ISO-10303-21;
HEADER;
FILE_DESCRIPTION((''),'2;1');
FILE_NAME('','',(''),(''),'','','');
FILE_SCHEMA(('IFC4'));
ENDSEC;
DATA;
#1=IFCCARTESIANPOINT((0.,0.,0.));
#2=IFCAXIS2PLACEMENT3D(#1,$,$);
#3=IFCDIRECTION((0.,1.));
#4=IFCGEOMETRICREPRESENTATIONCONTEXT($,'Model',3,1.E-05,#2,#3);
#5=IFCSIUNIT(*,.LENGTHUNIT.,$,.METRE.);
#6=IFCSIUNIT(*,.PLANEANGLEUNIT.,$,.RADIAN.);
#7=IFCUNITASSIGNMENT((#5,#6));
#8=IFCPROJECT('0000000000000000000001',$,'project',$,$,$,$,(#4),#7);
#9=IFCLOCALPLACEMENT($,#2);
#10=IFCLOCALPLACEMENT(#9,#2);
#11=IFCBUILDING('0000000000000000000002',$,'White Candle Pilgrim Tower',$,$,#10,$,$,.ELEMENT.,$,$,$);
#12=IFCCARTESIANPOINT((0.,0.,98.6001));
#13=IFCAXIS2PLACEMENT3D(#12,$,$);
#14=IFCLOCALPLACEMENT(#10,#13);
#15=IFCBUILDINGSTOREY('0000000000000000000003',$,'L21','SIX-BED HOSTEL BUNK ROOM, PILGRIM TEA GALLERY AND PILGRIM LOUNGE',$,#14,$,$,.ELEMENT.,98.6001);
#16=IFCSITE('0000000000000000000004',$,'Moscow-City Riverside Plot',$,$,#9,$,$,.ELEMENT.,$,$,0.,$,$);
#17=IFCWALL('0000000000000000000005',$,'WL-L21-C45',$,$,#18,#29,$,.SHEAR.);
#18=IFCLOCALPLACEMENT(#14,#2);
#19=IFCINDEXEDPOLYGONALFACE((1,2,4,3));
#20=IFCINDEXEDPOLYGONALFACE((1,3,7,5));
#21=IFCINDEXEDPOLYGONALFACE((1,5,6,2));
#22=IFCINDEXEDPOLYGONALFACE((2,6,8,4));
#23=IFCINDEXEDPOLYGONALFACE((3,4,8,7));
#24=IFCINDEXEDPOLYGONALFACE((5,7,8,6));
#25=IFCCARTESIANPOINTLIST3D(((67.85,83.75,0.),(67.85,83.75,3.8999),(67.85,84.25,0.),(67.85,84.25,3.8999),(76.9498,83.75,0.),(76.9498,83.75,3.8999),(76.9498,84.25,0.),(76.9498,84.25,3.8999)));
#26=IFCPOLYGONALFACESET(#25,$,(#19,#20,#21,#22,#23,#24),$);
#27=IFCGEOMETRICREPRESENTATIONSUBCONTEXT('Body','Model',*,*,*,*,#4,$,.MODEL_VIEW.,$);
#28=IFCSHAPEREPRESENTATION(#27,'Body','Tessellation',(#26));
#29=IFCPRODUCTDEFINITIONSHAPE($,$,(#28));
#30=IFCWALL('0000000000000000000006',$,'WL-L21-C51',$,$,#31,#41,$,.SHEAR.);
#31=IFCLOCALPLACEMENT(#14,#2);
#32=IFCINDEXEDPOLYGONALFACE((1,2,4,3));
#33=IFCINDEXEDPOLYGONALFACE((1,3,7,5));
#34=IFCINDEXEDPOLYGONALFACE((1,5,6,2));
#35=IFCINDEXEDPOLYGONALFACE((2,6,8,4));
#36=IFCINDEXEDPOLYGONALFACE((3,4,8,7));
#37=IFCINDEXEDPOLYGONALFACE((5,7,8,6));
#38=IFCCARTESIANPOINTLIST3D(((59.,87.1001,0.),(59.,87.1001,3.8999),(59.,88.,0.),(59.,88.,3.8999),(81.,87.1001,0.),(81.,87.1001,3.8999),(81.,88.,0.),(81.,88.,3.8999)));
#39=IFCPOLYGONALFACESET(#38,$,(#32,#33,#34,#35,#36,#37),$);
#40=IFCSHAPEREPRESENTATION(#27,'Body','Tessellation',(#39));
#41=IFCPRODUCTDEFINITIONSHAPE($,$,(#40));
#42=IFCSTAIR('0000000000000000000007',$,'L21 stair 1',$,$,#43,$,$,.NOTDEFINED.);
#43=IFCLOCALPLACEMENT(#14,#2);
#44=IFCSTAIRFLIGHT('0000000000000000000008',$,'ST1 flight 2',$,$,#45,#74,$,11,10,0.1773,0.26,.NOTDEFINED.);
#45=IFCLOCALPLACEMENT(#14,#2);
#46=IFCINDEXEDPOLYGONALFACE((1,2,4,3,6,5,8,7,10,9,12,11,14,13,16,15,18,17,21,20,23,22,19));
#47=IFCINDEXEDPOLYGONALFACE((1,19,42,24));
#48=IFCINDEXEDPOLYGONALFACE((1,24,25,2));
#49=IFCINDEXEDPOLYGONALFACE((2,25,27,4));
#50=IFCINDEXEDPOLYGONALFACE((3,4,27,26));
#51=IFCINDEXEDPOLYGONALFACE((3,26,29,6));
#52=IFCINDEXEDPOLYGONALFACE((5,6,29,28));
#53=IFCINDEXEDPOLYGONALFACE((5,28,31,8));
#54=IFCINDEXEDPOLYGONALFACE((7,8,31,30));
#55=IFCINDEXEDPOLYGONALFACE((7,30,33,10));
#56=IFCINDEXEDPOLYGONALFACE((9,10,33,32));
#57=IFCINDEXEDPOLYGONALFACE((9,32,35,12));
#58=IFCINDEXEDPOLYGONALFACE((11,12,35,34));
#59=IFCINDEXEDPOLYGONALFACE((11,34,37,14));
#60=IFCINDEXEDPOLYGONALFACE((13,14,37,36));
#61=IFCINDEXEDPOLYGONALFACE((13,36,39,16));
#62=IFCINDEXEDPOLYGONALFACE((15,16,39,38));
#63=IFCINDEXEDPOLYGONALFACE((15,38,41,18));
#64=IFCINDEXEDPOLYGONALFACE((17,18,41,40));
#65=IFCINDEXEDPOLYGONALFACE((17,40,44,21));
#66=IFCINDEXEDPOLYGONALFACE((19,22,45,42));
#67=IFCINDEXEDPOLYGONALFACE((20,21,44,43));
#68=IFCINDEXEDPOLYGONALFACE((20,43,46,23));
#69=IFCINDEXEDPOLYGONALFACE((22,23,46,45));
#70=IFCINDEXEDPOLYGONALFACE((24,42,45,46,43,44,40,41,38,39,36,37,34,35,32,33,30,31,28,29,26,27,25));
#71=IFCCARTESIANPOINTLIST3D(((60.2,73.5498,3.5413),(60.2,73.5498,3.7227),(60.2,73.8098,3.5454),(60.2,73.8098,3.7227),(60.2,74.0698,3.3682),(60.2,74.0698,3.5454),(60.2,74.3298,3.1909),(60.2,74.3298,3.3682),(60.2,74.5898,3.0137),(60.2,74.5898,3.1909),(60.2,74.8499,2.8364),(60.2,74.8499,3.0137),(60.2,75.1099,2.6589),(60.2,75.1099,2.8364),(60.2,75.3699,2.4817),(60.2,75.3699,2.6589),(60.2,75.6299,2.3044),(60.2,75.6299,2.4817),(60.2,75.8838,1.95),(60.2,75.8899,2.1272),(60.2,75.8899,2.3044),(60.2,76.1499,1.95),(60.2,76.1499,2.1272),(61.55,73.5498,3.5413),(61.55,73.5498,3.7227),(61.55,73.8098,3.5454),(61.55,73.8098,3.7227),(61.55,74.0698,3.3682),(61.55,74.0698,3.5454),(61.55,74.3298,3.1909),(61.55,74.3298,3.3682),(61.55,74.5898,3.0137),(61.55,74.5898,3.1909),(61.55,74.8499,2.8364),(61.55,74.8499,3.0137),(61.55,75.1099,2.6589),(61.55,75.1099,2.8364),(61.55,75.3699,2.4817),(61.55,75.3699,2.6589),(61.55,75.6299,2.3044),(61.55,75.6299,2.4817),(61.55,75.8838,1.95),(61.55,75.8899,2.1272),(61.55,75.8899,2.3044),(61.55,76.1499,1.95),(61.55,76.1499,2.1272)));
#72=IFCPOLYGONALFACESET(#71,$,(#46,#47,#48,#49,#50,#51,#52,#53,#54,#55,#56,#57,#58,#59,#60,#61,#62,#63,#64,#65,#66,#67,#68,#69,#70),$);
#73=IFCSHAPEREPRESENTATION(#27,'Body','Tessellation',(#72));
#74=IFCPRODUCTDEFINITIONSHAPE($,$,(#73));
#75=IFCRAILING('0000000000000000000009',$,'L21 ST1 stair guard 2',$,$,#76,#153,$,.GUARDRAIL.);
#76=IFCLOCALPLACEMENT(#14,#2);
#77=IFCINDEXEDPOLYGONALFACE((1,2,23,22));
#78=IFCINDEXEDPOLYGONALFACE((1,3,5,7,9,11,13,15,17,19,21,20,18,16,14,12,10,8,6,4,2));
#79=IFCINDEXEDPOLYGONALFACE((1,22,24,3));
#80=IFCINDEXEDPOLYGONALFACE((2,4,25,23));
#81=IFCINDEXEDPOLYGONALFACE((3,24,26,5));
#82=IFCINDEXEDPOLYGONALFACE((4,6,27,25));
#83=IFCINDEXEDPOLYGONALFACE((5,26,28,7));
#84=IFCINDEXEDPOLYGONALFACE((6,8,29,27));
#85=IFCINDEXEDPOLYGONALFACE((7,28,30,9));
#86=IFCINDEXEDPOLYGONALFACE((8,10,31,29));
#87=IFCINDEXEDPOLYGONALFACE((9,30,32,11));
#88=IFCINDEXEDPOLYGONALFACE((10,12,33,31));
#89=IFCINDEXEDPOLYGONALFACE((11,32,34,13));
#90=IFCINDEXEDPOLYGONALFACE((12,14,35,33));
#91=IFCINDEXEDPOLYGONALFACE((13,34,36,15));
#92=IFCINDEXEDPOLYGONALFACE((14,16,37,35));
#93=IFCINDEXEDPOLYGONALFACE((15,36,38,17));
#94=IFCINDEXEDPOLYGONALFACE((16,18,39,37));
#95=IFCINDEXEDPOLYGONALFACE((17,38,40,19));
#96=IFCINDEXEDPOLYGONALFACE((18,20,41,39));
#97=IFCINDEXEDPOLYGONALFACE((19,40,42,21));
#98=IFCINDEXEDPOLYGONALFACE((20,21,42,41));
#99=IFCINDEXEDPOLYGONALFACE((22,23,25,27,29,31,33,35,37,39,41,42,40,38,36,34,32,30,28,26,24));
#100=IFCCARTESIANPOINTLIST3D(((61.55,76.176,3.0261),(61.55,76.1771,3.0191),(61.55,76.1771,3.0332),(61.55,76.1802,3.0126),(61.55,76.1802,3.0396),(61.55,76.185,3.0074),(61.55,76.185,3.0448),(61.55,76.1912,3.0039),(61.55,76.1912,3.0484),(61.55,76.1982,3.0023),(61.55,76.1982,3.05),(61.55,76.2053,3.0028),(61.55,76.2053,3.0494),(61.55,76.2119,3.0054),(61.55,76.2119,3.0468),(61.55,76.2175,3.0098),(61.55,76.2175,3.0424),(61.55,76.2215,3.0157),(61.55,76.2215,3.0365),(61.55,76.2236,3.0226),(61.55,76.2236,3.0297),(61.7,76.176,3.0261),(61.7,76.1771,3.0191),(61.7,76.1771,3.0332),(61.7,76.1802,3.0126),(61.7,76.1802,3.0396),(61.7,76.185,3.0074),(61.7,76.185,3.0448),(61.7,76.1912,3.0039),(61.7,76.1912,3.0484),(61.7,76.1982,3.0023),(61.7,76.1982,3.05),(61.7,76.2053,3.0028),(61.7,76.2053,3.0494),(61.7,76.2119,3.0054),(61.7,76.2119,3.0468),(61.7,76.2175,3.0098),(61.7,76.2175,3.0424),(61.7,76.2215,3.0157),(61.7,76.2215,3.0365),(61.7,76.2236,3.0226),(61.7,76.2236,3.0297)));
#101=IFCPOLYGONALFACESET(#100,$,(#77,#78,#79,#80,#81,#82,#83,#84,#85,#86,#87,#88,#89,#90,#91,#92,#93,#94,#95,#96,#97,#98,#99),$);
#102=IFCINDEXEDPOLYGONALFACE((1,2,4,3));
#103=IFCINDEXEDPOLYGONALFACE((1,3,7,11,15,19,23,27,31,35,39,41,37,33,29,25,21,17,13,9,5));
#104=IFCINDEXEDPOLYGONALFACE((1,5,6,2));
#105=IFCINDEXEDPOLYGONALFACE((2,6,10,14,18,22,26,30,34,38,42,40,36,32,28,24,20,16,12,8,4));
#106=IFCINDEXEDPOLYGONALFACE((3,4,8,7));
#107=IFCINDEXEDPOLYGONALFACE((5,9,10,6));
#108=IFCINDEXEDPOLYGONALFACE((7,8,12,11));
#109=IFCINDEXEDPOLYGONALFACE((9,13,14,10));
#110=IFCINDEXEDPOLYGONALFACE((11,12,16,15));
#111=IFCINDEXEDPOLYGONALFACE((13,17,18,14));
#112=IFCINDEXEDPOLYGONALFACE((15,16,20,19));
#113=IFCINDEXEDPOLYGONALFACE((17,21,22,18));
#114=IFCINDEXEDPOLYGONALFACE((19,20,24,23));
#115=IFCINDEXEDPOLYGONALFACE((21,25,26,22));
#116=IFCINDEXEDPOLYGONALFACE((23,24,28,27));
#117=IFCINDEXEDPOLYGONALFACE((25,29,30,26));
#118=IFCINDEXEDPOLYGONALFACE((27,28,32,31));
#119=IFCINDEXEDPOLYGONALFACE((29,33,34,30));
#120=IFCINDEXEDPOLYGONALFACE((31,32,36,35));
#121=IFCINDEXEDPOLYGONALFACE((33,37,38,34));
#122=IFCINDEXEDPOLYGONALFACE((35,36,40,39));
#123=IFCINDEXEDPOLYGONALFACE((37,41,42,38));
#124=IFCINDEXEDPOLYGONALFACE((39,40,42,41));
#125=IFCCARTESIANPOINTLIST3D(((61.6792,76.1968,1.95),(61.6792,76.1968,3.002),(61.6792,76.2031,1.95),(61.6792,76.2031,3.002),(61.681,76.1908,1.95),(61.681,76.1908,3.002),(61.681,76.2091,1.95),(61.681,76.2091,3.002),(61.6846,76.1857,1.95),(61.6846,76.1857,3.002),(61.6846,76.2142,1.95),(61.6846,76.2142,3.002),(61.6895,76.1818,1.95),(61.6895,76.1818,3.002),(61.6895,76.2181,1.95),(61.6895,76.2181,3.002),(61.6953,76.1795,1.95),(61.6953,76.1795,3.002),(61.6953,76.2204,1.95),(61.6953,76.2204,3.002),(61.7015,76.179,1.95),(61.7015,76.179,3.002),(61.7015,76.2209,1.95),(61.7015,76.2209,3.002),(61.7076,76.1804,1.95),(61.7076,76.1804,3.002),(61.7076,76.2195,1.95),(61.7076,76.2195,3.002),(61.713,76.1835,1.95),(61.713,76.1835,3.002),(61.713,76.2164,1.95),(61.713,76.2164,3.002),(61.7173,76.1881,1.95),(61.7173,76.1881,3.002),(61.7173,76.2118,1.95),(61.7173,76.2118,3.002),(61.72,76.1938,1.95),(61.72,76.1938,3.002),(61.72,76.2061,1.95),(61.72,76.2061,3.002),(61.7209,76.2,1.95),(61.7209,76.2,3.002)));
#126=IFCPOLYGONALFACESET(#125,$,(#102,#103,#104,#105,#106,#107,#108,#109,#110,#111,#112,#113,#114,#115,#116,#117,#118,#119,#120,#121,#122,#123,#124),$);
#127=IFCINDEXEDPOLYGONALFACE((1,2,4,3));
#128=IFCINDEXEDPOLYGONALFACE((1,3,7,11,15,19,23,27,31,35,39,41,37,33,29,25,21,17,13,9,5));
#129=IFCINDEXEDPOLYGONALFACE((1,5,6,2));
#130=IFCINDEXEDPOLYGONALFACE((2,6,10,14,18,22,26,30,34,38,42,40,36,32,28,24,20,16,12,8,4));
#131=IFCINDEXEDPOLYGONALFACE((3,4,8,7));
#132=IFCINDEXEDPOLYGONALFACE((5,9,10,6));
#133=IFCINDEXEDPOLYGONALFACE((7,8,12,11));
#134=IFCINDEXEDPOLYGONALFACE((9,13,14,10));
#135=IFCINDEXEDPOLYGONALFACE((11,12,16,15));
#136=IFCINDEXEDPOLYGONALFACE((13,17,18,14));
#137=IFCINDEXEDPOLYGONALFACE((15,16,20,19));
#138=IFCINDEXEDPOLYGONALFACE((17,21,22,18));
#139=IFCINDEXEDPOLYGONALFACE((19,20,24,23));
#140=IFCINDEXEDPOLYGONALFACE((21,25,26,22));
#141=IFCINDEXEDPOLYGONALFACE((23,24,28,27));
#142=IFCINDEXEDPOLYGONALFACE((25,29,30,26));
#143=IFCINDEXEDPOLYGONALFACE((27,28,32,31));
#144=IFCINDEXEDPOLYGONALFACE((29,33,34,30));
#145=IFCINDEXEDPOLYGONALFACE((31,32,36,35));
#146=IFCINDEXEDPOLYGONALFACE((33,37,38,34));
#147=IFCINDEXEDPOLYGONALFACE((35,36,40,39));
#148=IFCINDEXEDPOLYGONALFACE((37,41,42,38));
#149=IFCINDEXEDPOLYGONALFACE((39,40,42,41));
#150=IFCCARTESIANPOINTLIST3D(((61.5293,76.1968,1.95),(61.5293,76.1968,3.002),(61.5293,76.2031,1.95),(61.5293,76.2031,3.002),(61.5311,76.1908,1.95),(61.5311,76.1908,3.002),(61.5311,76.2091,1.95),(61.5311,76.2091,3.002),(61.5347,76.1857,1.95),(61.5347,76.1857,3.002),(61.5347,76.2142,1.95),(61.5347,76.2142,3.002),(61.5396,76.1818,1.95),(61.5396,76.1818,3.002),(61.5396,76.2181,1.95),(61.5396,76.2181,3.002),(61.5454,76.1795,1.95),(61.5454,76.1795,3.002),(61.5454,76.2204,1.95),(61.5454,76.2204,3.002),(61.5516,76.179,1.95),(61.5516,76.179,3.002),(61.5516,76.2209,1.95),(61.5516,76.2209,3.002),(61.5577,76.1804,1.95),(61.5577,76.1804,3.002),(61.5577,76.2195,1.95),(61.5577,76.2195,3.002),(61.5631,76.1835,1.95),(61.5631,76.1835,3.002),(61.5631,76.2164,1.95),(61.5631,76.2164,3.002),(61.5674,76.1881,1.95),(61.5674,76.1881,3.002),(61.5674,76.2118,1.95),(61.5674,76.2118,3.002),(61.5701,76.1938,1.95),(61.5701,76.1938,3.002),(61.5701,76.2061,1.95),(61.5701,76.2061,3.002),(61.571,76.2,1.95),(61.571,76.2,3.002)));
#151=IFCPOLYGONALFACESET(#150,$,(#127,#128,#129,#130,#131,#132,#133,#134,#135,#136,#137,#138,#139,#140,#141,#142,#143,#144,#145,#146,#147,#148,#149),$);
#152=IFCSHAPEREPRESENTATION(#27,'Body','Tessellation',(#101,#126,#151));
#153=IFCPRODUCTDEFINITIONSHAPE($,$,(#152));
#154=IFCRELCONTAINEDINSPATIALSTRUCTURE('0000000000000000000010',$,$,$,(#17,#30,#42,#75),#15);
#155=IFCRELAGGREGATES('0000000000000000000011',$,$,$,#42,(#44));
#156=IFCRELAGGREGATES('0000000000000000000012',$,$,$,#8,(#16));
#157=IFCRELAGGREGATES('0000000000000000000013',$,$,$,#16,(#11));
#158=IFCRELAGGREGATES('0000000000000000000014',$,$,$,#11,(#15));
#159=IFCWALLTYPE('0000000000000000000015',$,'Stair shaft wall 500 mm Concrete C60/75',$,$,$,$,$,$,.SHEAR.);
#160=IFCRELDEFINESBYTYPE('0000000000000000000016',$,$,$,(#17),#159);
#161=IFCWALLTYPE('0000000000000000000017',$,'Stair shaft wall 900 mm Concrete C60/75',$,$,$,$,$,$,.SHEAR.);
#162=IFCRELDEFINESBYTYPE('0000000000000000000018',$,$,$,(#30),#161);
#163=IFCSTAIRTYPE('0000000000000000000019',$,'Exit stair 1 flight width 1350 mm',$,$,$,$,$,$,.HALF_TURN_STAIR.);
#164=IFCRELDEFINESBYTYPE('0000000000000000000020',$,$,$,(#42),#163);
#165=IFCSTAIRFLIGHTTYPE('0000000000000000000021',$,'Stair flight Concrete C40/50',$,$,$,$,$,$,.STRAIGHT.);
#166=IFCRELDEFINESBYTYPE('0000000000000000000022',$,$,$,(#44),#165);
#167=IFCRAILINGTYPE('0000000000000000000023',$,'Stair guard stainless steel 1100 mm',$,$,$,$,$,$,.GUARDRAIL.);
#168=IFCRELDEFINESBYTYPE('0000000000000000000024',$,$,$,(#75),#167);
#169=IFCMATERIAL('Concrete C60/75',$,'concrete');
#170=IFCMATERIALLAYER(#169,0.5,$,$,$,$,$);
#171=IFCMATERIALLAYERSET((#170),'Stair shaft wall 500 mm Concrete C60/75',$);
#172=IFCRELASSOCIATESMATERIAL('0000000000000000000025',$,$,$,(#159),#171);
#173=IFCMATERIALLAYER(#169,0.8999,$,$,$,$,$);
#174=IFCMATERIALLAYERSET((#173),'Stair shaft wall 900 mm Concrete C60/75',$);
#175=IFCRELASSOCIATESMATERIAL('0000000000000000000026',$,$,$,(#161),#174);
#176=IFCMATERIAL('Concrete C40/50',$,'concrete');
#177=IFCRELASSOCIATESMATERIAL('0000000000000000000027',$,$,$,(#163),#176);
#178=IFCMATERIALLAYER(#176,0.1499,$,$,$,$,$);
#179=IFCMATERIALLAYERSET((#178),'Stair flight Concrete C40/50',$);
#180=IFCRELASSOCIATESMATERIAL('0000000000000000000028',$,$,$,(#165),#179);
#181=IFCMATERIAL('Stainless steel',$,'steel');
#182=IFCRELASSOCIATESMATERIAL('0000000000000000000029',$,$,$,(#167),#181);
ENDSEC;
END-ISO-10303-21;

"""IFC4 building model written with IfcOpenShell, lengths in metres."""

from ifc_helpers import new_model, si_unit, direction, frame, frame_2d, origin, origin_2d, place, context, subcontext, project, spatial, polyline, rectangle, circle, outline, extrude, material, layer, layer_set, type_object, element, aggregate, save


model = new_model("IFC4")

# Units and contexts
model_context = context("Model", 3, precision=1e-05, world=origin(), true_north=direction((0.0, 1.0)))
body_context = subcontext(model_context, "Body", "Model", "MODEL_VIEW")
ifc_project = project(units=[si_unit("LENGTHUNIT", "METRE"), si_unit("PLANEANGLEUNIT", "RADIAN")], contexts=[model_context])

# Site, building, storey
site_placement = place(None, origin())
site = spatial("IfcSite", under=ifc_project, at=site_placement, Name="Moscow-City Riverside Plot", CompositionType="ELEMENT", RefElevation=0.0)
building_placement = place(site_placement, origin())
building = spatial("IfcBuilding", under=site, at=building_placement, Name="White Candle Pilgrim Tower", CompositionType="ELEMENT")
storey_placement = place(building_placement, frame((0.0, 0.0, 98.6001)))
storey = spatial("IfcBuildingStorey", under=building, at=storey_placement, Name="L21", Description="SIX-BED HOSTEL BUNK ROOM, PILGRIM TEA GALLERY AND PILGRIM LOUNGE", CompositionType="ELEMENT", Elevation=98.6001)

# Shared definitions
ifc_material_1 = material(Name="Concrete C60/75", Category="concrete")

# Walls
ifc_layer_1 = layer(ifc_material_1, 0.5)
ifc_layer_set_1 = layer_set([ifc_layer_1], Name="Stair shaft wall 500 mm Concrete C60/75")
wall_type_1 = type_object("IfcWallType", Name="Stair shaft wall 500 mm Concrete C60/75", PredefinedType="SHEAR", material=ifc_layer_set_1)
wall_1_placement = place(storey_placement, frame((67.8501, 84.0, 0.0), z_axis=(0.0, 0.0, 1.0), x_axis=(1.0, 0.0, 0.0)))
element("IfcWall", 1, at=wall_1_placement, inside=storey, type_object=wall_type_1, Name="WL-L21-C45", PredefinedType="SHEAR", context=body_context, shape_type="SweptSolid", body=[
    extrude(rectangle(XDim=9.0999, YDim=0.5, at=frame_2d((4.5498, 0.0))), origin(), (0.0, 0.0, 1.0), 3.8999),
])
ifc_layer_2 = layer(ifc_material_1, 0.8999)
ifc_layer_set_2 = layer_set([ifc_layer_2], Name="Stair shaft wall 900 mm Concrete C60/75")
wall_type_2 = type_object("IfcWallType", Name="Stair shaft wall 900 mm Concrete C60/75", PredefinedType="SHEAR", material=ifc_layer_set_2)
wall_2_placement = place(storey_placement, frame((59.0, 87.55, 0.0), z_axis=(0.0, 0.0, 1.0), x_axis=(1.0, 0.0, 0.0)))
element("IfcWall", 2, at=wall_2_placement, inside=storey, type_object=wall_type_2, Name="WL-L21-C51", PredefinedType="SHEAR", context=body_context, shape_type="SweptSolid", body=[
    extrude(rectangle(XDim=22.0, YDim=0.8999, at=frame_2d((11.0, 0.0))), origin(), (0.0, 0.0, 1.0), 3.8999),
])

# Stair, stair flight
ifc_material_2 = material(Name="Concrete C40/50", Category="concrete")
stair_type = type_object("IfcStairType", Name="Exit stair 1 flight width 1350 mm", PredefinedType="HALF_TURN_STAIR", material=ifc_material_2)
stair_placement = place(storey_placement, origin())
stair = element("IfcStair", 3, at=stair_placement, inside=storey, type_object=stair_type, Name="L21 stair 1", PredefinedType="NOTDEFINED")
ifc_layer_3 = layer(ifc_material_2, 0.1499)
ifc_layer_set_3 = layer_set([ifc_layer_3], Name="Stair flight Concrete C40/50")
stair_flight_type = type_object("IfcStairFlightType", Name="Stair flight Concrete C40/50", PredefinedType="STRAIGHT", material=ifc_layer_set_3)
stair_flight_placement = place(storey_placement, frame((60.875, 76.1499, 1.95), z_axis=(0.0, 0.0, 1.0), x_axis=(0.0, -1.0, 0.0)))
stair_flight = element("IfcStairFlight", 4, at=stair_flight_placement, type_object=stair_flight_type, Name="ST1 flight 2", NumberOfRisers=11, NumberOfTreads=10, PredefinedType="NOTDEFINED", RiserHeight=0.1773, TreadLength=0.26, context=body_context, shape_type="SweptSolid", body=[
    extrude(outline(polyline([(0.0, 0.0), (0.0, 0.1772), (0.26, 0.1772), (0.26, 0.3545), (0.52, 0.3545), (0.52, 0.5317), (0.78, 0.5317), (0.78, 0.709), (1.04, 0.709), (1.04, 0.8865), (1.3, 0.8865), (1.3, 1.0637), (1.5601, 1.0637), (1.5601, 1.241), (1.8201, 1.241), (1.8201, 1.4182), (2.0801, 1.4182), (2.0801, 1.5955), (2.3401, 1.5955), (2.3401, 1.7727), (2.6001, 1.7727), (2.6001, 1.95), (2.6001, 1.5913), (0.2661, 0.0), (0.0, 0.0)])), frame((0.0, 0.675, 0.0), z_axis=(0.0, -1.0, 0.0), x_axis=(1.0, 0.0, 0.0)), (0.0, 0.0, 1.0), 1.3501),
])
aggregate(stair, [stair_flight])

# Railing
ifc_material_3 = material(Name="Stainless steel", Category="steel")
railing_type_1 = type_object("IfcRailingType", Name="Stair guard stainless steel 1100 mm", PredefinedType="GUARDRAIL", material=ifc_material_3)
railing_1_placement = place(storey_placement, frame((61.7, 76.2, 1.95)))
element("IfcRailing", 5, at=railing_1_placement, inside=storey, type_object=railing_type_1, Name="L21 ST1 stair guard 2", PredefinedType="GUARDRAIL", context=body_context, shape_type="SweptSolid", body=[
    extrude(circle(Radius=0.0239, at=origin_2d()), frame((0.0, 0.0, 1.0762), z_axis=(-1.0, 0.0, 0.0), x_axis=(0.0, -1.0, 0.0)), (0.0, 0.0, 1.0), 0.1499),
    extrude(circle(Radius=0.021, at=origin_2d()), origin(), (0.0, 0.0, 1.0), 1.052),
    extrude(circle(Radius=0.021, at=origin_2d()), frame((-0.1499, 0.0, 0.0)), (0.0, 0.0, 1.0), 1.052),
])

save(model, "model.ifc")
